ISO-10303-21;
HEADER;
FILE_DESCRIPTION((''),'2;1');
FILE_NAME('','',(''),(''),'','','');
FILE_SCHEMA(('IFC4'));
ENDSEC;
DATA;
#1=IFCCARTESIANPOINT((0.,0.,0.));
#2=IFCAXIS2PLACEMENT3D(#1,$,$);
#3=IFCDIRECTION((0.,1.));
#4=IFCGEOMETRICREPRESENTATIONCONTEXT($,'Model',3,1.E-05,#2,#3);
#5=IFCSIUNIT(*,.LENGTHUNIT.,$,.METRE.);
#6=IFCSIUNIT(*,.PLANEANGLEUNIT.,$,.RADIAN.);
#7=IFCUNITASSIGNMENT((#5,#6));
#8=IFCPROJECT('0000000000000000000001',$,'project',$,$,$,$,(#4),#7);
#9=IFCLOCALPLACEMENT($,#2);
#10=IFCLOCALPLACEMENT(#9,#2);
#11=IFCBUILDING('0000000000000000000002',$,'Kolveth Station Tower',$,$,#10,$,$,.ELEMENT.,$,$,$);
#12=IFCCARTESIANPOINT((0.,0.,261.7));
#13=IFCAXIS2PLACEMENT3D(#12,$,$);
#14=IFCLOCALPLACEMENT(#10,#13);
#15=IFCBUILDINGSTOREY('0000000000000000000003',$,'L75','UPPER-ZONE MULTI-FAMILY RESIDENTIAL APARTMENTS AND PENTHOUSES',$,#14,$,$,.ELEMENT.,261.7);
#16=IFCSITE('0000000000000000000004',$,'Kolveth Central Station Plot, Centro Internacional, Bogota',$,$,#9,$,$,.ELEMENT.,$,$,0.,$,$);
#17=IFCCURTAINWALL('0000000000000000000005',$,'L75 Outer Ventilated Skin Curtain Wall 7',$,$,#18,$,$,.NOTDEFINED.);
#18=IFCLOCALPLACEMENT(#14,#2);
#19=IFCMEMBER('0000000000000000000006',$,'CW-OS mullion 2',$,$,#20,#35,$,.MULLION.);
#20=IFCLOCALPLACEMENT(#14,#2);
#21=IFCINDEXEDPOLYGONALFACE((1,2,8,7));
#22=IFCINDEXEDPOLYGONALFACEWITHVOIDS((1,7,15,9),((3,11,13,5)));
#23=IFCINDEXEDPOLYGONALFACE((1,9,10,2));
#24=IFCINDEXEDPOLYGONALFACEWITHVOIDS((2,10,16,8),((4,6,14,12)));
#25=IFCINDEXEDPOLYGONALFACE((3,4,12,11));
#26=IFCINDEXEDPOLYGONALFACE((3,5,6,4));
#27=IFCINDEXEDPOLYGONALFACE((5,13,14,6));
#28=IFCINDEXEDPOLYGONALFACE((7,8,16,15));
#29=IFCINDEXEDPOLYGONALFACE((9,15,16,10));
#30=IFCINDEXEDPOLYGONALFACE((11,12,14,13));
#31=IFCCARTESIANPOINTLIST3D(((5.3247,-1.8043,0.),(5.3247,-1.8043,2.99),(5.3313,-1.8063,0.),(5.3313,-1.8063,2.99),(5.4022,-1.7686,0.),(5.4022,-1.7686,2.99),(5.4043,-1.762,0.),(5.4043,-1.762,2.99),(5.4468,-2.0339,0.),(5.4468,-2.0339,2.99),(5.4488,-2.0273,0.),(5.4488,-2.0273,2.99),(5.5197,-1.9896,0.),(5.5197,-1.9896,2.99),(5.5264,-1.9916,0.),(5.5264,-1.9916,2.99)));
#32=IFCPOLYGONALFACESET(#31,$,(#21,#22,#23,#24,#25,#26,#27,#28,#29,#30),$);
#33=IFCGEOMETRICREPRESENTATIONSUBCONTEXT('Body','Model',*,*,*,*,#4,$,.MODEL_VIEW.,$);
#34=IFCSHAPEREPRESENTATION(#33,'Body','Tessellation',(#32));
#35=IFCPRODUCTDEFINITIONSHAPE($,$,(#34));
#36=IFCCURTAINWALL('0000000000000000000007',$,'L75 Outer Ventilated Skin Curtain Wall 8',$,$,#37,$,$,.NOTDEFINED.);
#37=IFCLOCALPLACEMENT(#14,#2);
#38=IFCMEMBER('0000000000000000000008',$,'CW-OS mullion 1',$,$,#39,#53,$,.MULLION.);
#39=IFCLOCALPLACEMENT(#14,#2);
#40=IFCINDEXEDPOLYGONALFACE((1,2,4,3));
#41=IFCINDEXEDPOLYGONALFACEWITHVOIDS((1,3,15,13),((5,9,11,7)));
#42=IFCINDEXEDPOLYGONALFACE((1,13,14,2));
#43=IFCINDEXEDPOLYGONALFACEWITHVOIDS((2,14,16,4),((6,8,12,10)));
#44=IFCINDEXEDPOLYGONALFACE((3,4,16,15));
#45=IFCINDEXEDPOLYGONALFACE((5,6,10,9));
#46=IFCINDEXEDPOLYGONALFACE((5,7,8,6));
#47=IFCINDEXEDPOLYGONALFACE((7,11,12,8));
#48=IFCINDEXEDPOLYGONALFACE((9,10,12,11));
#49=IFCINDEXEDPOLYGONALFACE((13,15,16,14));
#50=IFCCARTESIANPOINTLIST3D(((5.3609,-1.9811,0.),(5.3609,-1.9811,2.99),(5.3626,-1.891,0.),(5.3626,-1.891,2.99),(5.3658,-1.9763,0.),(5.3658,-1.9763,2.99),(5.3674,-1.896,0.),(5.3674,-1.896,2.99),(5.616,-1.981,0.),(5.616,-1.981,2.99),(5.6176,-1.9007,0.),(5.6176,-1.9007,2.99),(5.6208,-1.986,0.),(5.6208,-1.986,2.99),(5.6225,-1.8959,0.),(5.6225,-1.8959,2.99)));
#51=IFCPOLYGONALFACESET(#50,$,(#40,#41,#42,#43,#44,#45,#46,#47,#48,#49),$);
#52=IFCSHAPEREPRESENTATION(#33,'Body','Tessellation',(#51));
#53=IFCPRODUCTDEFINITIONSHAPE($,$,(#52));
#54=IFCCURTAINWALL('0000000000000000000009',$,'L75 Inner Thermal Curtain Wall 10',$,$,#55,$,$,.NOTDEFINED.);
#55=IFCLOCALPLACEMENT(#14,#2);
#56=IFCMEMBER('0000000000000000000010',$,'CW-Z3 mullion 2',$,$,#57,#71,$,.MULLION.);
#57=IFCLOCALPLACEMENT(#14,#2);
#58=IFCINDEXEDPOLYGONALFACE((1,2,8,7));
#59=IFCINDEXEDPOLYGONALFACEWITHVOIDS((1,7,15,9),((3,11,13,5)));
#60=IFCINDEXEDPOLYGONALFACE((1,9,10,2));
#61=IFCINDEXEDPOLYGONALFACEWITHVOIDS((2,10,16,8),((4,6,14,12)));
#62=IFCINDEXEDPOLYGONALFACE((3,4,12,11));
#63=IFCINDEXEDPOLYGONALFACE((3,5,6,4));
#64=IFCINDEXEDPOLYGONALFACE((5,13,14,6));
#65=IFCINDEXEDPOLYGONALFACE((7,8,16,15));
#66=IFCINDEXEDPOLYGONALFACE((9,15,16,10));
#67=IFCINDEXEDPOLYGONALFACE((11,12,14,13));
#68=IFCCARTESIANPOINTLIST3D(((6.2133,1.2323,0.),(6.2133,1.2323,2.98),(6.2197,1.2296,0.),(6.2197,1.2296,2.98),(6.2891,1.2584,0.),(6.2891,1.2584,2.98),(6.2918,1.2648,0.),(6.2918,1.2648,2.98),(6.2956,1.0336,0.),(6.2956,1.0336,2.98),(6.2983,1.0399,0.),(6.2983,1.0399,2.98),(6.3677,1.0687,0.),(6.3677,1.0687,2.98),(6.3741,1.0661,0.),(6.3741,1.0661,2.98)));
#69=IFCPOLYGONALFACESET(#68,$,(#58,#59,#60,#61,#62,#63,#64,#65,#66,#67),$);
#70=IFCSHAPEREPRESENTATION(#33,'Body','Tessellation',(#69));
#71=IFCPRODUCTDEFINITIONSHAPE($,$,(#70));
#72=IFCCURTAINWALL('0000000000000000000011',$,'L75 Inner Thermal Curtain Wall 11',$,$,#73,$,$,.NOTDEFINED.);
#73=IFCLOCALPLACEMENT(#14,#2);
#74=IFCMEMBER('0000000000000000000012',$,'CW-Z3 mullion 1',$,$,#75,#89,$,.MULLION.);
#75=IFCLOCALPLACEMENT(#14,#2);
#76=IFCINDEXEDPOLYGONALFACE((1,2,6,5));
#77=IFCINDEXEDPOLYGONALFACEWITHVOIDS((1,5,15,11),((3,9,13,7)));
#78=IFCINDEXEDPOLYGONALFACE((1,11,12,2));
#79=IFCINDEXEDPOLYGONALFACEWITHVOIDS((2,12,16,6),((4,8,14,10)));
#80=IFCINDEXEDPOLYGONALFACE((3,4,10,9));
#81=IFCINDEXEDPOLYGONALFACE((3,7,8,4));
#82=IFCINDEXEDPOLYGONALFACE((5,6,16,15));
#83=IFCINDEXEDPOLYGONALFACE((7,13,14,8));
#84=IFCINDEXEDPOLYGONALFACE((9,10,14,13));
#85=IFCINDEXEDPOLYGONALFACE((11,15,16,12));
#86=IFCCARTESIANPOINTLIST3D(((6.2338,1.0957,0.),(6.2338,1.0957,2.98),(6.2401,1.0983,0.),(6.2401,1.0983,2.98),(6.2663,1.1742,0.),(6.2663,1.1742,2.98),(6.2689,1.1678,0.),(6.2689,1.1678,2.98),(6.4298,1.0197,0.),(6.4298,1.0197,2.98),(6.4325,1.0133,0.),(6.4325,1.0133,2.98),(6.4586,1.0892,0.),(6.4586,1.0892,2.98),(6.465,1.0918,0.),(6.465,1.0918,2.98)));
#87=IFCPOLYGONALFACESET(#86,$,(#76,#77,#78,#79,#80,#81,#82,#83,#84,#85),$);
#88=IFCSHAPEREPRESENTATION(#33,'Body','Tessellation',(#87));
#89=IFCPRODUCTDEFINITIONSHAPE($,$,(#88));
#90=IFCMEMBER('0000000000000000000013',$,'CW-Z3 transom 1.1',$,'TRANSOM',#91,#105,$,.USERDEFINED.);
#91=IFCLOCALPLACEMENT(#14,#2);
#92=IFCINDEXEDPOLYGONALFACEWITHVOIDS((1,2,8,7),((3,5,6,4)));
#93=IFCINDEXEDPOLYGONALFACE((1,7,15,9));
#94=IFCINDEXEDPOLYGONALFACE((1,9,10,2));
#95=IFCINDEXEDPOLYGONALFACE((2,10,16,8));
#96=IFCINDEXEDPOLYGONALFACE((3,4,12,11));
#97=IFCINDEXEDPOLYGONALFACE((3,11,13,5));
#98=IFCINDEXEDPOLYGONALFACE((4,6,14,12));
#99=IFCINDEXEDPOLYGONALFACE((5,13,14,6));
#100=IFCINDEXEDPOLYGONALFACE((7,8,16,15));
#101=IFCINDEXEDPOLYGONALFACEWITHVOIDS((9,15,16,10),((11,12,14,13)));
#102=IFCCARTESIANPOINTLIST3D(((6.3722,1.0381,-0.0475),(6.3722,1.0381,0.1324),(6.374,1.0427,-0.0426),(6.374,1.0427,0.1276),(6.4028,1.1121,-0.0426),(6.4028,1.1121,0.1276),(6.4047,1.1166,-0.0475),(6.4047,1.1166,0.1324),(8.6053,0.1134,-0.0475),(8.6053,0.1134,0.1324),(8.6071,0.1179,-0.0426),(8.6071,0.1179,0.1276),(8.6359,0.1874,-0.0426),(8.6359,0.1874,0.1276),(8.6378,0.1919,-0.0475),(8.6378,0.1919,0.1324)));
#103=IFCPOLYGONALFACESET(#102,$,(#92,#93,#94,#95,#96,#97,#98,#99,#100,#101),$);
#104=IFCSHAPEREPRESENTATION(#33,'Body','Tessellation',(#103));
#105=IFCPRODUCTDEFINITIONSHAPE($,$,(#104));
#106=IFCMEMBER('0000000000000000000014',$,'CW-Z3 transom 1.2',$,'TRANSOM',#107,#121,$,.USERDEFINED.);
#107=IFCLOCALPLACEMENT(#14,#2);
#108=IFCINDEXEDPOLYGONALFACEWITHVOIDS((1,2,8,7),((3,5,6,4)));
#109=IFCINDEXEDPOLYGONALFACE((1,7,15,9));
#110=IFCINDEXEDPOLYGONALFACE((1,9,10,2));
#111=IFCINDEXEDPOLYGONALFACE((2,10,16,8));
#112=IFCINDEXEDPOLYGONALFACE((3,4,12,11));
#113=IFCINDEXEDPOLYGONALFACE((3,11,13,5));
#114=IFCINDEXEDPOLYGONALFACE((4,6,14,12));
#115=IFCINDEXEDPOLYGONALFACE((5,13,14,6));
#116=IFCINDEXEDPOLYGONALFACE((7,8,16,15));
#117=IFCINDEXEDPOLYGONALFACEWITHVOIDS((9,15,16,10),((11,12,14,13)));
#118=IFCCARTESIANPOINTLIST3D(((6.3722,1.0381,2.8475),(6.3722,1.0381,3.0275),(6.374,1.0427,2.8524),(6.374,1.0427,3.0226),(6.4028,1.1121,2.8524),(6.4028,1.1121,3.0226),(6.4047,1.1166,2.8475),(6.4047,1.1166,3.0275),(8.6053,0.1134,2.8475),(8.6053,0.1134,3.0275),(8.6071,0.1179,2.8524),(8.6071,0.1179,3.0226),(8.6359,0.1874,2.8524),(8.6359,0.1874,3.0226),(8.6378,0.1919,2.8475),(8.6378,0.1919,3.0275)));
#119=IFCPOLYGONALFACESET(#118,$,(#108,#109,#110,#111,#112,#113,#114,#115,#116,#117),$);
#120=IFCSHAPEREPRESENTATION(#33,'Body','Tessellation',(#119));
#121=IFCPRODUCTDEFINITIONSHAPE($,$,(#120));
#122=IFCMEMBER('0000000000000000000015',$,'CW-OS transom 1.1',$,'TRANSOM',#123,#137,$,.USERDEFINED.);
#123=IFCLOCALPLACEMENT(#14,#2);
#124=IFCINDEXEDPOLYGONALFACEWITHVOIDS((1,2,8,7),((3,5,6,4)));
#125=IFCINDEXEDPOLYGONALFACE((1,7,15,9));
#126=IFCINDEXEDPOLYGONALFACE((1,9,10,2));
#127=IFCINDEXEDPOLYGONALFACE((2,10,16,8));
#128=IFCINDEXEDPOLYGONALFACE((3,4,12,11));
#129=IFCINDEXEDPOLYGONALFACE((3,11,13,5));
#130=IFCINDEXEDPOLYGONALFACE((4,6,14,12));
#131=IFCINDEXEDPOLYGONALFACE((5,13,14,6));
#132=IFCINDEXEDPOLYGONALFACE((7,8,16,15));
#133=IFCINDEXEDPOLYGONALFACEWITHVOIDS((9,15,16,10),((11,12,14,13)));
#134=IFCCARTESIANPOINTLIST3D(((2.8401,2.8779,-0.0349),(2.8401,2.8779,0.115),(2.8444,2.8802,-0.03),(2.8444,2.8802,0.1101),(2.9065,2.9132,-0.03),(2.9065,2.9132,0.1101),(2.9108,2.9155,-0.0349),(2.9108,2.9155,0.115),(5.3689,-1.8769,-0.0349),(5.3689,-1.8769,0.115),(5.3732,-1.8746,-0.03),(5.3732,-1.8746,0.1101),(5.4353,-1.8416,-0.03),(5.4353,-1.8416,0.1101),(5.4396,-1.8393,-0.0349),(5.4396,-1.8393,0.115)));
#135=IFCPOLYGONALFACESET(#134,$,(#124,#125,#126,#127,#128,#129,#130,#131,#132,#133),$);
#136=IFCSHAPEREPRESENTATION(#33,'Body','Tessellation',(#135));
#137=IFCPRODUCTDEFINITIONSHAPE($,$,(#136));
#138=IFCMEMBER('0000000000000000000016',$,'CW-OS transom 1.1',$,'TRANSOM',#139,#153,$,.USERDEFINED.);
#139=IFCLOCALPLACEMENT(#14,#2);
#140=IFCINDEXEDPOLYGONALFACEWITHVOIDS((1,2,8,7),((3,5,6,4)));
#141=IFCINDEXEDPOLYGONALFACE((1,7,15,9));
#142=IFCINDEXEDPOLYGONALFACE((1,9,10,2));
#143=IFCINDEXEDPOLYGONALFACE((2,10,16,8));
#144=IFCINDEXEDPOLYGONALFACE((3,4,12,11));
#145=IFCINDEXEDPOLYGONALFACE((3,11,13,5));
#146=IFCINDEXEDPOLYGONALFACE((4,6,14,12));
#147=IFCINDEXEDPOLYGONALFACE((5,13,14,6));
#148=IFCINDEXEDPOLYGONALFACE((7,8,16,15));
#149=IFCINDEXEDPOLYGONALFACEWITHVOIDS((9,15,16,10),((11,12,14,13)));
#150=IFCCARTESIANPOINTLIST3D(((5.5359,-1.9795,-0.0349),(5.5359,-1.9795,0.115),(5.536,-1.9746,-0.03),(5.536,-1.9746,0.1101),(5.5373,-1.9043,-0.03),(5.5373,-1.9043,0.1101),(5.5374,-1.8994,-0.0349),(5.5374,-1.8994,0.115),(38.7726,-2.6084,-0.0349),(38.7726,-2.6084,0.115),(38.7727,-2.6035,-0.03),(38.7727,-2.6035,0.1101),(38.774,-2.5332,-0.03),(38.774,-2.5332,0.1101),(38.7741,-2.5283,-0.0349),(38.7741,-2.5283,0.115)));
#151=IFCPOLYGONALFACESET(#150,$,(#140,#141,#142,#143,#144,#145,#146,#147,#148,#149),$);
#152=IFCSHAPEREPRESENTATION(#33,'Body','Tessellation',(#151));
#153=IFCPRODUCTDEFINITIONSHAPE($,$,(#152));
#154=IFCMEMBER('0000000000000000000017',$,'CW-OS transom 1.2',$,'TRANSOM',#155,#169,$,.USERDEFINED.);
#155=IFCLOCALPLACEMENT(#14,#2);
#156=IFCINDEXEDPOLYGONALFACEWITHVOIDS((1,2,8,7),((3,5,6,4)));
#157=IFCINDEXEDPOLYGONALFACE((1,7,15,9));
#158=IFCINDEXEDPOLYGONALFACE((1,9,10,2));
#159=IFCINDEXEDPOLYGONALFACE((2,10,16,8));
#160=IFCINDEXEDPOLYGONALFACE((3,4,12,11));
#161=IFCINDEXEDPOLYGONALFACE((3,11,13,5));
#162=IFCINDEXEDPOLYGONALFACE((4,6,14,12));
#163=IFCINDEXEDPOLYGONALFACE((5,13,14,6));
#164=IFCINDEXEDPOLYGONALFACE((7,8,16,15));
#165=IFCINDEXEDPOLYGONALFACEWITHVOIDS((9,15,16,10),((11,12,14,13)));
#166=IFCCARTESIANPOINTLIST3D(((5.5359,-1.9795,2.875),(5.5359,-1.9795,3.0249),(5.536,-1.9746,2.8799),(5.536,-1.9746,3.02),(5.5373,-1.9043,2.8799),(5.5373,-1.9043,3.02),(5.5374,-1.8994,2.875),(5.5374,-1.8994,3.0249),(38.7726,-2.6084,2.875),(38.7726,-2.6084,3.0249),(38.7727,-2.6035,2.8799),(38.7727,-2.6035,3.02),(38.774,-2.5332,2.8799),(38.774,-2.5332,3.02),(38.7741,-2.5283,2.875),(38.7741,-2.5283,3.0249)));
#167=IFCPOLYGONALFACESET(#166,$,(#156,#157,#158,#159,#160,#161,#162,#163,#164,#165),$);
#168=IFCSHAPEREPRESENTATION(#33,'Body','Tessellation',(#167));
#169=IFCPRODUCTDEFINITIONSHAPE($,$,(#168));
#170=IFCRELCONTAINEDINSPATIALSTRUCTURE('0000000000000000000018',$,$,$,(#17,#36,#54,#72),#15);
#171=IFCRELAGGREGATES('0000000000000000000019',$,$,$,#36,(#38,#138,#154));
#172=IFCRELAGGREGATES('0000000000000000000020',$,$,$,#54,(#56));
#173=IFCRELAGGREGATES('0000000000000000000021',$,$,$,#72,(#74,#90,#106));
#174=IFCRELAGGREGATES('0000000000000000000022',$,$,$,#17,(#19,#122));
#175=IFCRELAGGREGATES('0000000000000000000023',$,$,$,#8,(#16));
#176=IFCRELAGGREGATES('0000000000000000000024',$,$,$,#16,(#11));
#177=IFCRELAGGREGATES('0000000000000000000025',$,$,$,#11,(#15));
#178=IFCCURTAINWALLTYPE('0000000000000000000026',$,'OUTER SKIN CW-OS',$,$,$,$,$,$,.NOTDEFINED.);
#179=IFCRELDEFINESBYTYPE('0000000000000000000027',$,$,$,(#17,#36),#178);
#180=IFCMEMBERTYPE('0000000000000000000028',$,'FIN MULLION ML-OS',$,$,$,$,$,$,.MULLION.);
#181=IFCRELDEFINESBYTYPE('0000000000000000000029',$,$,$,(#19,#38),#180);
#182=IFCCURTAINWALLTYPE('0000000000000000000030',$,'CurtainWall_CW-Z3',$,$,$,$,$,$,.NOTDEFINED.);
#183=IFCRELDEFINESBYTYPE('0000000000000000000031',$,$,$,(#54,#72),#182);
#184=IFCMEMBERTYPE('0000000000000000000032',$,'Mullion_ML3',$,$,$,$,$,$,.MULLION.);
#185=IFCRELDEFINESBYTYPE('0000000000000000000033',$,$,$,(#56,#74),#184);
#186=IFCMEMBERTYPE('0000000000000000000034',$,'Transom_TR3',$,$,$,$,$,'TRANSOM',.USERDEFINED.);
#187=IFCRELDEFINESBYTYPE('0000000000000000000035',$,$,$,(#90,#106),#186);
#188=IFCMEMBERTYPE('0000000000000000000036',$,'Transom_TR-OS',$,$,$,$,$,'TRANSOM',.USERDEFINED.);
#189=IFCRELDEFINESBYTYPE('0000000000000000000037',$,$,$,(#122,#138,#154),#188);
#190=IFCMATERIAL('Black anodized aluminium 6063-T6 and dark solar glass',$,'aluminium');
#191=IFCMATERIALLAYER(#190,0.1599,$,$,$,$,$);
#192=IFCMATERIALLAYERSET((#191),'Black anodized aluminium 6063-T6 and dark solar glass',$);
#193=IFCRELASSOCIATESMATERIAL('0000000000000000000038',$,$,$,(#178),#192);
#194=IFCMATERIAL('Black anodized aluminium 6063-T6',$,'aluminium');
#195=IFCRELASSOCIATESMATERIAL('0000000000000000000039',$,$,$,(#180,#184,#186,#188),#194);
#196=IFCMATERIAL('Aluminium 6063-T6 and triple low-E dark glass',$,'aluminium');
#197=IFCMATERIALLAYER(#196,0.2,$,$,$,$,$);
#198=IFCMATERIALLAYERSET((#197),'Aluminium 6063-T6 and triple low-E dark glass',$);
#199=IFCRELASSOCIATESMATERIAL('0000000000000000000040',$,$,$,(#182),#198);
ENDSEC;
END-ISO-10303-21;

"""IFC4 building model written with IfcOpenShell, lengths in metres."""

from ifc_helpers import new_model, si_unit, direction, frame, origin, origin_2d, place, context, subcontext, project, spatial, hollow_rectangle, extrude, source, transform, mapped, material, layer, layer_set, material_profile, profile_set, type_object, element, aggregate, save


model = new_model("IFC4")

# Units and contexts
model_context = context("Model", 3, precision=1e-05, world=origin(), true_north=direction((0.0, 1.0)))
body_context = subcontext(model_context, "Body", "Model", "MODEL_VIEW")
ifc_project = project(units=[si_unit("LENGTHUNIT", "METRE"), si_unit("PLANEANGLEUNIT", "RADIAN")], contexts=[model_context])

# Site, building, storey
site_placement = place(None, origin())
site = spatial("IfcSite", under=ifc_project, at=site_placement, Name="Kolveth Central Station Plot, Centro Internacional, Bogota", CompositionType="ELEMENT", RefElevation=0.0)
building_placement = place(site_placement, origin())
building = spatial("IfcBuilding", under=site, at=building_placement, Name="Kolveth Station Tower", CompositionType="ELEMENT")
storey_placement = place(building_placement, frame((0.0, 0.0, 261.7)))
storey = spatial("IfcBuildingStorey", under=building, at=storey_placement, Name="L75", Description="UPPER-ZONE MULTI-FAMILY RESIDENTIAL APARTMENTS AND PENTHOUSES", CompositionType="ELEMENT", Elevation=261.7)

# Curtain walls, members
ifc_material_1 = material(Name="Black anodized aluminium 6063-T6 and dark solar glass", Category="aluminium")
ifc_layer_1 = layer(ifc_material_1, 0.1599)
ifc_layer_set_1 = layer_set([ifc_layer_1], Name="Black anodized aluminium 6063-T6 and dark solar glass")
curtain_wall_type_1 = type_object("IfcCurtainWallType", Name="OUTER SKIN CW-OS", PredefinedType="NOTDEFINED", material=ifc_layer_set_1)
curtain_wall_1_placement = place(storey_placement, origin())
curtain_wall_1 = element("IfcCurtainWall", 1, at=curtain_wall_1_placement, inside=storey, type_object=curtain_wall_type_1, Name="L75 Outer Ventilated Skin Curtain Wall 7", PredefinedType="NOTDEFINED")
ifc_material_2 = material(Name="Black anodized aluminium 6063-T6", Category="aluminium")
ifc_material_profile_1 = material_profile(ifc_material_2, hollow_rectangle(XDim=0.0901, YDim=0.26, WallThickness=0.0049, at=origin_2d()), Name="ALU-90x260x5")
ifc_profile_set_1 = profile_set([ifc_material_profile_1], Name="Black anodized aluminium 6063-T6")
member_type_1 = type_object("IfcMemberType", Name="FIN MULLION ML-OS", PredefinedType="MULLION", material=ifc_profile_set_1)
shared_shape_1 = source(origin(), body_context, "Body", "SweptSolid", [
    extrude(hollow_rectangle(XDim=0.0901, YDim=0.26, WallThickness=0.0049, at=origin_2d()), origin(), (0.0, 0.0, 1.0), 2.99),
])
member_1_placement = place(storey_placement, frame((5.4255, -1.8979, 0.0), z_axis=(0.0, 0.0, 1.0), x_axis=(0.8829, 0.46956, 0.0)))
member_1 = element("IfcMember", 2, at=member_1_placement, type_object=member_type_1, Name="CW-OS mullion 2", PredefinedType="MULLION", context=body_context, shape_type="MappedRepresentation", body=[
    mapped(shared_shape_1, transform((0.0, 0.0, 0.0), x_axis=(1.0, 0.0, 0.0), y_axis=(0.0, 1.0, 0.0), z_axis=(0.0, 0.0, 1.0), scale=1.0)),
])
curtain_wall_2_placement = place(storey_placement, origin())
curtain_wall_2 = element("IfcCurtainWall", 3, at=curtain_wall_2_placement, inside=storey, type_object=curtain_wall_type_1, Name="L75 Outer Ventilated Skin Curtain Wall 8", PredefinedType="NOTDEFINED")
member_2_placement = place(storey_placement, frame((5.4917, -1.9385, 0.0), z_axis=(0.0, 0.0, 1.0), x_axis=(0.018918, 0.999821, 0.0)))
member_2 = element("IfcMember", 4, at=member_2_placement, type_object=member_type_1, Name="CW-OS mullion 1", PredefinedType="MULLION", context=body_context, shape_type="MappedRepresentation", body=[
    mapped(shared_shape_1, transform((0.0, 0.0, 0.0), x_axis=(1.0, 0.0, 0.0), y_axis=(0.0, 1.0, 0.0), z_axis=(0.0, 0.0, 1.0), scale=1.0)),
])
ifc_material_3 = material(Name="Aluminium 6063-T6 and triple low-E dark glass", Category="aluminium")
ifc_layer_2 = layer(ifc_material_3, 0.2)
ifc_layer_set_2 = layer_set([ifc_layer_2], Name="Aluminium 6063-T6 and triple low-E dark glass")
curtain_wall_type_2 = type_object("IfcCurtainWallType", Name="CurtainWall_CW-Z3", PredefinedType="NOTDEFINED", material=ifc_layer_set_2)
curtain_wall_3_placement = place(storey_placement, origin())
curtain_wall_3 = element("IfcCurtainWall", 5, at=curtain_wall_3_placement, inside=storey, type_object=curtain_wall_type_2, Name="L75 Inner Thermal Curtain Wall 10", PredefinedType="NOTDEFINED")
ifc_material_profile_2 = material_profile(ifc_material_2, hollow_rectangle(XDim=0.085, YDim=0.2151, WallThickness=0.0049, at=origin_2d()), Name="ALU-85x215x5")
ifc_profile_set_2 = profile_set([ifc_material_profile_2], Name="Black anodized aluminium 6063-T6")
member_type_2 = type_object("IfcMemberType", Name="Mullion_ML3", PredefinedType="MULLION", material=ifc_profile_set_2)
shared_shape_2 = source(origin(), body_context, "Body", "SweptSolid", [
    extrude(hollow_rectangle(XDim=0.085, YDim=0.2151, WallThickness=0.0049, at=origin_2d()), origin(), (0.0, 0.0, 1.0), 2.98),
])
member_3_placement = place(storey_placement, frame((6.2937, 1.1492, 0.0), z_axis=(0.0, 0.0, 1.0), x_axis=(0.923875, 0.382693, 0.0)))
member_3 = element("IfcMember", 6, at=member_3_placement, type_object=member_type_2, Name="CW-Z3 mullion 2", PredefinedType="MULLION", context=body_context, shape_type="MappedRepresentation", body=[
    mapped(shared_shape_2, transform((0.0, 0.0, 0.0), x_axis=(1.0, 0.0, 0.0), y_axis=(0.0, 1.0, 0.0), z_axis=(0.0, 0.0, 1.0), scale=1.0)),
])

# Curtain wall, members
curtain_wall_4_placement = place(storey_placement, origin())
curtain_wall_4 = element("IfcCurtainWall", 7, at=curtain_wall_4_placement, inside=storey, type_object=curtain_wall_type_2, Name="L75 Inner Thermal Curtain Wall 11", PredefinedType="NOTDEFINED")
member_4_placement = place(storey_placement, frame((6.3494, 1.0938, 0.0), z_axis=(0.0, 0.0, 1.0), x_axis=(0.382693, 0.923875, 0.0)))
member_4 = element("IfcMember", 8, at=member_4_placement, type_object=member_type_2, Name="CW-Z3 mullion 1", PredefinedType="MULLION", context=body_context, shape_type="MappedRepresentation", body=[
    mapped(shared_shape_2, transform((0.0, 0.0, 0.0), x_axis=(1.0, 0.0, 0.0), y_axis=(0.0, 1.0, 0.0), z_axis=(0.0, 0.0, 1.0), scale=1.0)),
])
ifc_material_profile_3 = material_profile(ifc_material_2, hollow_rectangle(XDim=0.085, YDim=0.1799, WallThickness=0.0049, at=origin_2d()), Name="ALU-85x180x5")
ifc_profile_set_3 = profile_set([ifc_material_profile_3], Name="Black anodized aluminium 6063-T6")
member_type_3 = type_object("IfcMemberType", Name="Transom_TR3", ElementType="TRANSOM", PredefinedType="USERDEFINED", material=ifc_profile_set_3)
shared_shape_3 = source(origin(), body_context, "Body", "SweptSolid", [
    extrude(hollow_rectangle(XDim=0.085, YDim=0.1799, WallThickness=0.0049, at=origin_2d()), origin(), (0.0, 0.0, 1.0), 2.417),
])
member_5_placement = place(storey_placement, frame((6.3884, 1.0774, 0.0425), z_axis=(0.923909, -0.382613, 0.0), x_axis=(0.382613, 0.923909, 0.0)))
member_5 = element("IfcMember", 9, at=member_5_placement, type_object=member_type_3, Name="CW-Z3 transom 1.1", ObjectType="TRANSOM", PredefinedType="USERDEFINED", context=body_context, shape_type="MappedRepresentation", body=[
    mapped(shared_shape_3, transform((0.0, 0.0, 0.0), x_axis=(1.0, 0.0, 0.0), y_axis=(0.0, 1.0, 0.0), z_axis=(0.0, 0.0, 1.0), scale=1.0)),
])
member_6_placement = place(storey_placement, frame((6.3884, 1.0774, 2.9375), z_axis=(0.923909, -0.382613, 0.0), x_axis=(0.382613, 0.923909, 0.0)))
member_6 = element("IfcMember", 10, at=member_6_placement, type_object=member_type_3, Name="CW-Z3 transom 1.2", ObjectType="TRANSOM", PredefinedType="USERDEFINED", context=body_context, shape_type="MappedRepresentation", body=[
    mapped(shared_shape_3, transform((0.0, 0.0, 0.0), x_axis=(1.0, 0.0, 0.0), y_axis=(0.0, 1.0, 0.0), z_axis=(0.0, 0.0, 1.0), scale=1.0)),
])

# Members
ifc_material_profile_4 = material_profile(ifc_material_2, hollow_rectangle(XDim=0.0801, YDim=0.1499, WallThickness=0.0049, at=origin_2d()), Name="ALU-80x150x5")
ifc_profile_set_4 = profile_set([ifc_material_profile_4], Name="Black anodized aluminium 6063-T6")
member_type_4 = type_object("IfcMemberType", Name="Transom_TR-OS", ElementType="TRANSOM", PredefinedType="USERDEFINED", material=ifc_profile_set_4)
shared_shape_4 = source(origin(), body_context, "Body", "SweptSolid", [
    extrude(hollow_rectangle(XDim=0.0801, YDim=0.1499, WallThickness=0.0049, at=origin_2d()), origin(), (0.0, 0.0, 1.0), 5.3855),
])
member_7_placement = place(storey_placement, frame((2.8755, 2.8967, 0.04), z_axis=(0.469557, -0.882902, 0.0), x_axis=(0.882902, 0.469557, 0.0)))
member_7 = element("IfcMember", 11, at=member_7_placement, type_object=member_type_4, Name="CW-OS transom 1.1", ObjectType="TRANSOM", PredefinedType="USERDEFINED", context=body_context, shape_type="MappedRepresentation", body=[
    mapped(shared_shape_4, transform((0.0, 0.0, 0.0), x_axis=(1.0, 0.0, 0.0), y_axis=(0.0, 1.0, 0.0), z_axis=(0.0, 0.0, 1.0), scale=1.0)),
])
shared_shape_5 = source(origin(), body_context, "Body", "SweptSolid", [
    extrude(hollow_rectangle(XDim=0.0801, YDim=0.1499, WallThickness=0.0049, at=origin_2d()), origin(), (0.0, 0.0, 1.0), 33.2427),
])
member_8_placement = place(storey_placement, frame((5.5366, -1.9395, 0.04), z_axis=(0.999821, -0.018919, 0.0), x_axis=(0.018919, 0.999821, 0.0)))
member_8 = element("IfcMember", 12, at=member_8_placement, type_object=member_type_4, Name="CW-OS transom 1.1", ObjectType="TRANSOM", PredefinedType="USERDEFINED", context=body_context, shape_type="MappedRepresentation", body=[
    mapped(shared_shape_5, transform((0.0, 0.0, 0.0), x_axis=(1.0, 0.0, 0.0), y_axis=(0.0, 1.0, 0.0), z_axis=(0.0, 0.0, 1.0), scale=1.0)),
])
member_9_placement = place(storey_placement, frame((5.5366, -1.9395, 2.95), z_axis=(0.999821, -0.018919, 0.0), x_axis=(0.018919, 0.999821, 0.0)))
member_9 = element("IfcMember", 13, at=member_9_placement, type_object=member_type_4, Name="CW-OS transom 1.2", ObjectType="TRANSOM", PredefinedType="USERDEFINED", context=body_context, shape_type="MappedRepresentation", body=[
    mapped(shared_shape_5, transform((0.0, 0.0, 0.0), x_axis=(1.0, 0.0, 0.0), y_axis=(0.0, 1.0, 0.0), z_axis=(0.0, 0.0, 1.0), scale=1.0)),
])
aggregate(curtain_wall_2, [member_2, member_8, member_9])

aggregate(curtain_wall_3, [member_3])
aggregate(curtain_wall_4, [member_4, member_5, member_6])
aggregate(curtain_wall_1, [member_1, member_7])

save(model, "model.ifc")
